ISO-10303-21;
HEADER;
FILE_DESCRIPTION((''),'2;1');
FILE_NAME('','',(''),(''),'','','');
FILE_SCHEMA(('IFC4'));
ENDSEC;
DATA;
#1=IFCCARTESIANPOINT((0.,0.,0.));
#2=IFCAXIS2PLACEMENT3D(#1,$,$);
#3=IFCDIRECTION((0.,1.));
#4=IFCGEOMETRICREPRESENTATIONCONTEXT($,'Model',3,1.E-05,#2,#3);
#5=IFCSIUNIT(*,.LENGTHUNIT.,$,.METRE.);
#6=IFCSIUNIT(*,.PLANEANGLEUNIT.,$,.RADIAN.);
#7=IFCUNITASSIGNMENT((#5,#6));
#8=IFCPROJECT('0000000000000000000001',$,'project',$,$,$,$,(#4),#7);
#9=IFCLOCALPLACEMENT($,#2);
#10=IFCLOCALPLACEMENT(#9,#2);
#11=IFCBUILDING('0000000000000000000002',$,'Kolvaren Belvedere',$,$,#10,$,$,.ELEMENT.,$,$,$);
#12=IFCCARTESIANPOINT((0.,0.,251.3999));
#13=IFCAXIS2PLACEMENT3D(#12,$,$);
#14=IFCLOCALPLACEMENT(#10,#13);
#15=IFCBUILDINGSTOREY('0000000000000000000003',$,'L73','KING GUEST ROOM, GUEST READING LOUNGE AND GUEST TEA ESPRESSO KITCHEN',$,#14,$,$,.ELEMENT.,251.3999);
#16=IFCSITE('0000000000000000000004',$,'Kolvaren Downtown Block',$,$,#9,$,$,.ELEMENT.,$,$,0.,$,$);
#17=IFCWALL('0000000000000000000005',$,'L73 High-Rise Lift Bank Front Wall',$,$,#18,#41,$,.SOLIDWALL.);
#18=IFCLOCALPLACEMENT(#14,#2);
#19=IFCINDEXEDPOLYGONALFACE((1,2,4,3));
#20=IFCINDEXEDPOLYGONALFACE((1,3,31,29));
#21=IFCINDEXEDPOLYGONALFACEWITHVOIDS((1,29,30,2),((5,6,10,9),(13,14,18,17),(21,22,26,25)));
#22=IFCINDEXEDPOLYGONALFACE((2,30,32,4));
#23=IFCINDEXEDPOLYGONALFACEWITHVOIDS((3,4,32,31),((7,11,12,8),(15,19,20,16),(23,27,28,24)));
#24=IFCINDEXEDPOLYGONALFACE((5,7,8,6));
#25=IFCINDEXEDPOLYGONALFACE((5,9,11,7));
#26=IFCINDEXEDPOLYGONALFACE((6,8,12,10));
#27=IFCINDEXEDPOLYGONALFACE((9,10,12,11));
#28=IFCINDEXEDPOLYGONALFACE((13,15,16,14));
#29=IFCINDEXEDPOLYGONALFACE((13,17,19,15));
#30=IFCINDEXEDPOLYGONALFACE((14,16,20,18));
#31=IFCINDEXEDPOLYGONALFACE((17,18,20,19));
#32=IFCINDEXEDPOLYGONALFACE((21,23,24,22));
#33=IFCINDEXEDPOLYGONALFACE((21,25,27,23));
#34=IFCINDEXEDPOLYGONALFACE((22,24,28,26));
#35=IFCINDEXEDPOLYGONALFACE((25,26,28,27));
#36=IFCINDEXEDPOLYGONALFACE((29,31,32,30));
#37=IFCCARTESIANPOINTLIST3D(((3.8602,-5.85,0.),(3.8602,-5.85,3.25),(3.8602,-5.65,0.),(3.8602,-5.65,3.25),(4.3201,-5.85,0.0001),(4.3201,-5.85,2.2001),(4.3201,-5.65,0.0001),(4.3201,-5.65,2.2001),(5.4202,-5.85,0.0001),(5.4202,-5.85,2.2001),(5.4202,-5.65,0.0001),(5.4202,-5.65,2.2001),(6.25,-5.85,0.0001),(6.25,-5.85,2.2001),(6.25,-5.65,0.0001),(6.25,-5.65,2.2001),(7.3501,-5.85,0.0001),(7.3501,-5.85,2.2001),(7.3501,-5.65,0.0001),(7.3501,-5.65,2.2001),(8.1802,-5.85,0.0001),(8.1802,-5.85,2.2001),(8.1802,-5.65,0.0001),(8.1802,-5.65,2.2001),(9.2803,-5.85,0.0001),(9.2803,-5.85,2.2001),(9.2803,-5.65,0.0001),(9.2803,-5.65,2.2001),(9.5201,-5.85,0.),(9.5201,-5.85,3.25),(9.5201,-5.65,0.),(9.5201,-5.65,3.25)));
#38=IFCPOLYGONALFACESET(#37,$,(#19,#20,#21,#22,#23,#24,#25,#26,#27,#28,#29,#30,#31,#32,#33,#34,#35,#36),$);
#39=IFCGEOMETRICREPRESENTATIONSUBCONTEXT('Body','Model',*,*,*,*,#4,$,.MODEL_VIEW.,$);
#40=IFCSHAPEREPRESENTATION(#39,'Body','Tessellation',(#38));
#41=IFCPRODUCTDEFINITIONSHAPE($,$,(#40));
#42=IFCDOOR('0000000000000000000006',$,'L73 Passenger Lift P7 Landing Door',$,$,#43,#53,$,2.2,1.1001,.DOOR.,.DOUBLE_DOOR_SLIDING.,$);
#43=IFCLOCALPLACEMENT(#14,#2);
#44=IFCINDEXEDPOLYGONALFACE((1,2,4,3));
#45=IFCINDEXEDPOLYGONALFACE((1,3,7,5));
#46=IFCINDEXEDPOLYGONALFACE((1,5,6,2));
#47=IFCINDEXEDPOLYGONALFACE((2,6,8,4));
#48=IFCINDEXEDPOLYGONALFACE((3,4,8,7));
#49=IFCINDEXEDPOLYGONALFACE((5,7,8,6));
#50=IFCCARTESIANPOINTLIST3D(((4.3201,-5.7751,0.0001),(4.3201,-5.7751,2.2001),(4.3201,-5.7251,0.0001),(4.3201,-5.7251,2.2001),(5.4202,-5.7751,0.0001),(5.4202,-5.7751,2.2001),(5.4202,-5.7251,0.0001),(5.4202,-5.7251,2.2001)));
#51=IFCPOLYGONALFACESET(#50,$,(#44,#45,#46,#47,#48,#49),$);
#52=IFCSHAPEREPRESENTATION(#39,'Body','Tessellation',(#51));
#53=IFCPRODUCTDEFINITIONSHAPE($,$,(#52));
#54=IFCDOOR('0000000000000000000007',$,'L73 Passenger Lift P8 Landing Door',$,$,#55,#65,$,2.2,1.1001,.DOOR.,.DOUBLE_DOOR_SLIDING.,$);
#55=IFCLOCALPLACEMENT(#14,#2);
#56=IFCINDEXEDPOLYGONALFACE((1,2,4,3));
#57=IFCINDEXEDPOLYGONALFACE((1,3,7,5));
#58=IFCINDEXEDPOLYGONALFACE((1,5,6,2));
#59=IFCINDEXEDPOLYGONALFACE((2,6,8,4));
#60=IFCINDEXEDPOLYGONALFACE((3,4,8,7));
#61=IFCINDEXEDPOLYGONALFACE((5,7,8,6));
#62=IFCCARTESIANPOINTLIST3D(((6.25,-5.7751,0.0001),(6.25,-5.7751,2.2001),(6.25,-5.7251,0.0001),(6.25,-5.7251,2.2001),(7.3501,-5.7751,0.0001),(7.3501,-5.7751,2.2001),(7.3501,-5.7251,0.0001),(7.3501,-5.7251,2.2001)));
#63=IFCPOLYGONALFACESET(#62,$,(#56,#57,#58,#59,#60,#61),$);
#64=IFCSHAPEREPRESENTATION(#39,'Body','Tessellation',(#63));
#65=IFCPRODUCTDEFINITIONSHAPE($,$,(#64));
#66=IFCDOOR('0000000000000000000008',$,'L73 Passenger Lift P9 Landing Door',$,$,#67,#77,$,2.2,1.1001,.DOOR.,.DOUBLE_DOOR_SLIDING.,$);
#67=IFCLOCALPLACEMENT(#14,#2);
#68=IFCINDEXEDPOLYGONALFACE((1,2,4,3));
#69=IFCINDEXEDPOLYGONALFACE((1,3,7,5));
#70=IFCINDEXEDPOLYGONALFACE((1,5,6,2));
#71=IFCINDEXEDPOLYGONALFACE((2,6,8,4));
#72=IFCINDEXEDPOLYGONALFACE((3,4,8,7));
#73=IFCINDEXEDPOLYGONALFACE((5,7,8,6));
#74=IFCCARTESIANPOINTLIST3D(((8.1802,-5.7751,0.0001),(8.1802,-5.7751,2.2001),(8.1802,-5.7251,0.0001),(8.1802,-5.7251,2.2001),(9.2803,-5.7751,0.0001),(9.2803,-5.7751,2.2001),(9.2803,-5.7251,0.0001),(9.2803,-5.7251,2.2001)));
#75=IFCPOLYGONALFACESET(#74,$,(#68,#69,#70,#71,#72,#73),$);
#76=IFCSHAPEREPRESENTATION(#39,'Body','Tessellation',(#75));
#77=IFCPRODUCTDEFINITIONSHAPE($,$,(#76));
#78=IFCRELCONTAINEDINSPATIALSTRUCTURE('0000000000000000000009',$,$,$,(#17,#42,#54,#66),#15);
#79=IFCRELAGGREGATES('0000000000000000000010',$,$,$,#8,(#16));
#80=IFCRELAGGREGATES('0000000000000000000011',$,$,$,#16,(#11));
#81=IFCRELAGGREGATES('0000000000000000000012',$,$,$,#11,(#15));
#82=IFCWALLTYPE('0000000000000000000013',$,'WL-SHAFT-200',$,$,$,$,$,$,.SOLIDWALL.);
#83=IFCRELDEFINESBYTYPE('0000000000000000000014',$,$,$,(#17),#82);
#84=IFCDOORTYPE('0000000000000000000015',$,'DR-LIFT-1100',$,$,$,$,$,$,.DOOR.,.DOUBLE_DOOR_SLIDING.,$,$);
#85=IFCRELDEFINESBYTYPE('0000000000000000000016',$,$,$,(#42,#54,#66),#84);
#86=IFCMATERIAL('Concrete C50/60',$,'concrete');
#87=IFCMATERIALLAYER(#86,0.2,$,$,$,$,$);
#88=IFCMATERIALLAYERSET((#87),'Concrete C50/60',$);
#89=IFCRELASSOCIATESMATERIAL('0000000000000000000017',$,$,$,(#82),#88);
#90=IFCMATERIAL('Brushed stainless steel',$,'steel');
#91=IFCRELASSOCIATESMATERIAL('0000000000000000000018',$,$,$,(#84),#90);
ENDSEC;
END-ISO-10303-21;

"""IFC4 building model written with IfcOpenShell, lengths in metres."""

from ifc_helpers import new_model, si_unit, direction, frame, frame_2d, origin, place, context, subcontext, project, spatial, rectangle, extrude, material, layer, layer_set, type_object, element, fill, save


model = new_model("IFC4")

# Units and contexts
model_context = context("Model", 3, precision=1e-05, world=origin(), true_north=direction((0.0, 1.0)))
body_context = subcontext(model_context, "Body", "Model", "MODEL_VIEW")
ifc_project = project(units=[si_unit("LENGTHUNIT", "METRE"), si_unit("PLANEANGLEUNIT", "RADIAN")], contexts=[model_context])

# Site, building, storey
site_placement = place(None, origin())
site = spatial("IfcSite", under=ifc_project, at=site_placement, Name="Kolvaren Downtown Block", CompositionType="ELEMENT", RefElevation=0.0)
building_placement = place(site_placement, origin())
building = spatial("IfcBuilding", under=site, at=building_placement, Name="Kolvaren Belvedere", CompositionType="ELEMENT")
storey_placement = place(building_placement, frame((0.0, 0.0, 251.3999)))
storey = spatial("IfcBuildingStorey", under=building, at=storey_placement, Name="L73", Description="KING GUEST ROOM, GUEST READING LOUNGE AND GUEST TEA ESPRESSO KITCHEN", CompositionType="ELEMENT", Elevation=251.3999)

# Shared definitions
ifc_material_1 = material(Name="Concrete C50/60", Category="concrete")
ifc_layer_1 = layer(ifc_material_1, 0.2)
ifc_layer_set_1 = layer_set([ifc_layer_1], Name="Concrete C50/60")
wall_type_1 = type_object("IfcWallType", Name="WL-SHAFT-200", PredefinedType="SOLIDWALL", material=ifc_layer_set_1)
ifc_material_2 = material(Name="Brushed stainless steel", Category="steel")
door_type_1 = type_object("IfcDoorType", Name="DR-LIFT-1100", OperationType="DOUBLE_DOOR_SLIDING", PredefinedType="DOOR", material=ifc_material_2)

# Wall, openings, doors
wall_1_placement = place(storey_placement, frame((3.8601, -5.75, 0.0), z_axis=(0.0, 0.0, 1.0), x_axis=(1.0, 0.0, 0.0)))
wall_1 = element("IfcWall", 1, at=wall_1_placement, inside=storey, type_object=wall_type_1, Name="L73 High-Rise Lift Bank Front Wall", PredefinedType="SOLIDWALL", context=body_context, shape_type="SweptSolid", body=[
    extrude(rectangle(XDim=5.6599, YDim=0.2, at=frame_2d((2.8301, 0.0))), origin(), (0.0, 0.0, 1.0), 3.25),
])
opening_1_placement = place(wall_1_placement, frame((0.46, 0.0, 0.0)))
opening_1 = element("IfcOpeningElement", 2, at=opening_1_placement, cuts=wall_1, PredefinedType="OPENING", context=body_context, shape_type="SweptSolid", body=[
    extrude(rectangle(XDim=1.1001, YDim=2.2, at=frame_2d((0.55, 1.1001))), frame((0.0, 0.1099, 0.0), z_axis=(0.0, -1.0, 0.0), x_axis=(1.0, 0.0, 0.0)), (0.0, 0.0, 1.0), 0.22),
])
opening_2_placement = place(wall_1_placement, frame((2.3899, 0.0, 0.0)))
opening_2 = element("IfcOpeningElement", 3, at=opening_2_placement, cuts=wall_1, PredefinedType="OPENING", context=body_context, shape_type="SweptSolid", body=[
    extrude(rectangle(XDim=1.1001, YDim=2.2, at=frame_2d((0.55, 1.1001))), frame((0.0, 0.1099, 0.0), z_axis=(0.0, -1.0, 0.0), x_axis=(1.0, 0.0, 0.0)), (0.0, 0.0, 1.0), 0.22),
])
opening_3_placement = place(wall_1_placement, frame((4.3201, 0.0, 0.0)))
opening_3 = element("IfcOpeningElement", 4, at=opening_3_placement, cuts=wall_1, PredefinedType="OPENING", context=body_context, shape_type="SweptSolid", body=[
    extrude(rectangle(XDim=1.1001, YDim=2.2, at=frame_2d((0.55, 1.1001))), frame((0.0, 0.1099, 0.0), z_axis=(0.0, -1.0, 0.0), x_axis=(1.0, 0.0, 0.0)), (0.0, 0.0, 1.0), 0.22),
])
door_1_placement = place(opening_1_placement, origin())
door_1 = element("IfcDoor", 5, at=door_1_placement, inside=storey, type_object=door_type_1, Name="L73 Passenger Lift P7 Landing Door", OperationType="DOUBLE_DOOR_SLIDING", OverallHeight=2.2, OverallWidth=1.1001, PredefinedType="DOOR", context=body_context, shape_type="SweptSolid", body=[
    extrude(rectangle(XDim=1.1001, YDim=2.2, at=frame_2d((0.55, 1.1001))), frame((0.0, 0.0249, 0.0), z_axis=(0.0, -1.0, 0.0), x_axis=(1.0, 0.0, 0.0)), (0.0, 0.0, 1.0), 0.05),
])
fill(opening_1, door_1)
door_2_placement = place(opening_2_placement, origin())
door_2 = element("IfcDoor", 6, at=door_2_placement, inside=storey, type_object=door_type_1, Name="L73 Passenger Lift P8 Landing Door", OperationType="DOUBLE_DOOR_SLIDING", OverallHeight=2.2, OverallWidth=1.1001, PredefinedType="DOOR", context=body_context, shape_type="SweptSolid", body=[
    extrude(rectangle(XDim=1.1001, YDim=2.2, at=frame_2d((0.55, 1.1001))), frame((0.0, 0.0249, 0.0), z_axis=(0.0, -1.0, 0.0), x_axis=(1.0, 0.0, 0.0)), (0.0, 0.0, 1.0), 0.05),
])
fill(opening_2, door_2)
door_3_placement = place(opening_3_placement, origin())
door_3 = element("IfcDoor", 7, at=door_3_placement, inside=storey, type_object=door_type_1, Name="L73 Passenger Lift P9 Landing Door", OperationType="DOUBLE_DOOR_SLIDING", OverallHeight=2.2, OverallWidth=1.1001, PredefinedType="DOOR", context=body_context, shape_type="SweptSolid", body=[
    extrude(rectangle(XDim=1.1001, YDim=2.2, at=frame_2d((0.55, 1.1001))), frame((0.0, 0.0249, 0.0), z_axis=(0.0, -1.0, 0.0), x_axis=(1.0, 0.0, 0.0)), (0.0, 0.0, 1.0), 0.05),
])
fill(opening_3, door_3)

save(model, "model.ifc")
